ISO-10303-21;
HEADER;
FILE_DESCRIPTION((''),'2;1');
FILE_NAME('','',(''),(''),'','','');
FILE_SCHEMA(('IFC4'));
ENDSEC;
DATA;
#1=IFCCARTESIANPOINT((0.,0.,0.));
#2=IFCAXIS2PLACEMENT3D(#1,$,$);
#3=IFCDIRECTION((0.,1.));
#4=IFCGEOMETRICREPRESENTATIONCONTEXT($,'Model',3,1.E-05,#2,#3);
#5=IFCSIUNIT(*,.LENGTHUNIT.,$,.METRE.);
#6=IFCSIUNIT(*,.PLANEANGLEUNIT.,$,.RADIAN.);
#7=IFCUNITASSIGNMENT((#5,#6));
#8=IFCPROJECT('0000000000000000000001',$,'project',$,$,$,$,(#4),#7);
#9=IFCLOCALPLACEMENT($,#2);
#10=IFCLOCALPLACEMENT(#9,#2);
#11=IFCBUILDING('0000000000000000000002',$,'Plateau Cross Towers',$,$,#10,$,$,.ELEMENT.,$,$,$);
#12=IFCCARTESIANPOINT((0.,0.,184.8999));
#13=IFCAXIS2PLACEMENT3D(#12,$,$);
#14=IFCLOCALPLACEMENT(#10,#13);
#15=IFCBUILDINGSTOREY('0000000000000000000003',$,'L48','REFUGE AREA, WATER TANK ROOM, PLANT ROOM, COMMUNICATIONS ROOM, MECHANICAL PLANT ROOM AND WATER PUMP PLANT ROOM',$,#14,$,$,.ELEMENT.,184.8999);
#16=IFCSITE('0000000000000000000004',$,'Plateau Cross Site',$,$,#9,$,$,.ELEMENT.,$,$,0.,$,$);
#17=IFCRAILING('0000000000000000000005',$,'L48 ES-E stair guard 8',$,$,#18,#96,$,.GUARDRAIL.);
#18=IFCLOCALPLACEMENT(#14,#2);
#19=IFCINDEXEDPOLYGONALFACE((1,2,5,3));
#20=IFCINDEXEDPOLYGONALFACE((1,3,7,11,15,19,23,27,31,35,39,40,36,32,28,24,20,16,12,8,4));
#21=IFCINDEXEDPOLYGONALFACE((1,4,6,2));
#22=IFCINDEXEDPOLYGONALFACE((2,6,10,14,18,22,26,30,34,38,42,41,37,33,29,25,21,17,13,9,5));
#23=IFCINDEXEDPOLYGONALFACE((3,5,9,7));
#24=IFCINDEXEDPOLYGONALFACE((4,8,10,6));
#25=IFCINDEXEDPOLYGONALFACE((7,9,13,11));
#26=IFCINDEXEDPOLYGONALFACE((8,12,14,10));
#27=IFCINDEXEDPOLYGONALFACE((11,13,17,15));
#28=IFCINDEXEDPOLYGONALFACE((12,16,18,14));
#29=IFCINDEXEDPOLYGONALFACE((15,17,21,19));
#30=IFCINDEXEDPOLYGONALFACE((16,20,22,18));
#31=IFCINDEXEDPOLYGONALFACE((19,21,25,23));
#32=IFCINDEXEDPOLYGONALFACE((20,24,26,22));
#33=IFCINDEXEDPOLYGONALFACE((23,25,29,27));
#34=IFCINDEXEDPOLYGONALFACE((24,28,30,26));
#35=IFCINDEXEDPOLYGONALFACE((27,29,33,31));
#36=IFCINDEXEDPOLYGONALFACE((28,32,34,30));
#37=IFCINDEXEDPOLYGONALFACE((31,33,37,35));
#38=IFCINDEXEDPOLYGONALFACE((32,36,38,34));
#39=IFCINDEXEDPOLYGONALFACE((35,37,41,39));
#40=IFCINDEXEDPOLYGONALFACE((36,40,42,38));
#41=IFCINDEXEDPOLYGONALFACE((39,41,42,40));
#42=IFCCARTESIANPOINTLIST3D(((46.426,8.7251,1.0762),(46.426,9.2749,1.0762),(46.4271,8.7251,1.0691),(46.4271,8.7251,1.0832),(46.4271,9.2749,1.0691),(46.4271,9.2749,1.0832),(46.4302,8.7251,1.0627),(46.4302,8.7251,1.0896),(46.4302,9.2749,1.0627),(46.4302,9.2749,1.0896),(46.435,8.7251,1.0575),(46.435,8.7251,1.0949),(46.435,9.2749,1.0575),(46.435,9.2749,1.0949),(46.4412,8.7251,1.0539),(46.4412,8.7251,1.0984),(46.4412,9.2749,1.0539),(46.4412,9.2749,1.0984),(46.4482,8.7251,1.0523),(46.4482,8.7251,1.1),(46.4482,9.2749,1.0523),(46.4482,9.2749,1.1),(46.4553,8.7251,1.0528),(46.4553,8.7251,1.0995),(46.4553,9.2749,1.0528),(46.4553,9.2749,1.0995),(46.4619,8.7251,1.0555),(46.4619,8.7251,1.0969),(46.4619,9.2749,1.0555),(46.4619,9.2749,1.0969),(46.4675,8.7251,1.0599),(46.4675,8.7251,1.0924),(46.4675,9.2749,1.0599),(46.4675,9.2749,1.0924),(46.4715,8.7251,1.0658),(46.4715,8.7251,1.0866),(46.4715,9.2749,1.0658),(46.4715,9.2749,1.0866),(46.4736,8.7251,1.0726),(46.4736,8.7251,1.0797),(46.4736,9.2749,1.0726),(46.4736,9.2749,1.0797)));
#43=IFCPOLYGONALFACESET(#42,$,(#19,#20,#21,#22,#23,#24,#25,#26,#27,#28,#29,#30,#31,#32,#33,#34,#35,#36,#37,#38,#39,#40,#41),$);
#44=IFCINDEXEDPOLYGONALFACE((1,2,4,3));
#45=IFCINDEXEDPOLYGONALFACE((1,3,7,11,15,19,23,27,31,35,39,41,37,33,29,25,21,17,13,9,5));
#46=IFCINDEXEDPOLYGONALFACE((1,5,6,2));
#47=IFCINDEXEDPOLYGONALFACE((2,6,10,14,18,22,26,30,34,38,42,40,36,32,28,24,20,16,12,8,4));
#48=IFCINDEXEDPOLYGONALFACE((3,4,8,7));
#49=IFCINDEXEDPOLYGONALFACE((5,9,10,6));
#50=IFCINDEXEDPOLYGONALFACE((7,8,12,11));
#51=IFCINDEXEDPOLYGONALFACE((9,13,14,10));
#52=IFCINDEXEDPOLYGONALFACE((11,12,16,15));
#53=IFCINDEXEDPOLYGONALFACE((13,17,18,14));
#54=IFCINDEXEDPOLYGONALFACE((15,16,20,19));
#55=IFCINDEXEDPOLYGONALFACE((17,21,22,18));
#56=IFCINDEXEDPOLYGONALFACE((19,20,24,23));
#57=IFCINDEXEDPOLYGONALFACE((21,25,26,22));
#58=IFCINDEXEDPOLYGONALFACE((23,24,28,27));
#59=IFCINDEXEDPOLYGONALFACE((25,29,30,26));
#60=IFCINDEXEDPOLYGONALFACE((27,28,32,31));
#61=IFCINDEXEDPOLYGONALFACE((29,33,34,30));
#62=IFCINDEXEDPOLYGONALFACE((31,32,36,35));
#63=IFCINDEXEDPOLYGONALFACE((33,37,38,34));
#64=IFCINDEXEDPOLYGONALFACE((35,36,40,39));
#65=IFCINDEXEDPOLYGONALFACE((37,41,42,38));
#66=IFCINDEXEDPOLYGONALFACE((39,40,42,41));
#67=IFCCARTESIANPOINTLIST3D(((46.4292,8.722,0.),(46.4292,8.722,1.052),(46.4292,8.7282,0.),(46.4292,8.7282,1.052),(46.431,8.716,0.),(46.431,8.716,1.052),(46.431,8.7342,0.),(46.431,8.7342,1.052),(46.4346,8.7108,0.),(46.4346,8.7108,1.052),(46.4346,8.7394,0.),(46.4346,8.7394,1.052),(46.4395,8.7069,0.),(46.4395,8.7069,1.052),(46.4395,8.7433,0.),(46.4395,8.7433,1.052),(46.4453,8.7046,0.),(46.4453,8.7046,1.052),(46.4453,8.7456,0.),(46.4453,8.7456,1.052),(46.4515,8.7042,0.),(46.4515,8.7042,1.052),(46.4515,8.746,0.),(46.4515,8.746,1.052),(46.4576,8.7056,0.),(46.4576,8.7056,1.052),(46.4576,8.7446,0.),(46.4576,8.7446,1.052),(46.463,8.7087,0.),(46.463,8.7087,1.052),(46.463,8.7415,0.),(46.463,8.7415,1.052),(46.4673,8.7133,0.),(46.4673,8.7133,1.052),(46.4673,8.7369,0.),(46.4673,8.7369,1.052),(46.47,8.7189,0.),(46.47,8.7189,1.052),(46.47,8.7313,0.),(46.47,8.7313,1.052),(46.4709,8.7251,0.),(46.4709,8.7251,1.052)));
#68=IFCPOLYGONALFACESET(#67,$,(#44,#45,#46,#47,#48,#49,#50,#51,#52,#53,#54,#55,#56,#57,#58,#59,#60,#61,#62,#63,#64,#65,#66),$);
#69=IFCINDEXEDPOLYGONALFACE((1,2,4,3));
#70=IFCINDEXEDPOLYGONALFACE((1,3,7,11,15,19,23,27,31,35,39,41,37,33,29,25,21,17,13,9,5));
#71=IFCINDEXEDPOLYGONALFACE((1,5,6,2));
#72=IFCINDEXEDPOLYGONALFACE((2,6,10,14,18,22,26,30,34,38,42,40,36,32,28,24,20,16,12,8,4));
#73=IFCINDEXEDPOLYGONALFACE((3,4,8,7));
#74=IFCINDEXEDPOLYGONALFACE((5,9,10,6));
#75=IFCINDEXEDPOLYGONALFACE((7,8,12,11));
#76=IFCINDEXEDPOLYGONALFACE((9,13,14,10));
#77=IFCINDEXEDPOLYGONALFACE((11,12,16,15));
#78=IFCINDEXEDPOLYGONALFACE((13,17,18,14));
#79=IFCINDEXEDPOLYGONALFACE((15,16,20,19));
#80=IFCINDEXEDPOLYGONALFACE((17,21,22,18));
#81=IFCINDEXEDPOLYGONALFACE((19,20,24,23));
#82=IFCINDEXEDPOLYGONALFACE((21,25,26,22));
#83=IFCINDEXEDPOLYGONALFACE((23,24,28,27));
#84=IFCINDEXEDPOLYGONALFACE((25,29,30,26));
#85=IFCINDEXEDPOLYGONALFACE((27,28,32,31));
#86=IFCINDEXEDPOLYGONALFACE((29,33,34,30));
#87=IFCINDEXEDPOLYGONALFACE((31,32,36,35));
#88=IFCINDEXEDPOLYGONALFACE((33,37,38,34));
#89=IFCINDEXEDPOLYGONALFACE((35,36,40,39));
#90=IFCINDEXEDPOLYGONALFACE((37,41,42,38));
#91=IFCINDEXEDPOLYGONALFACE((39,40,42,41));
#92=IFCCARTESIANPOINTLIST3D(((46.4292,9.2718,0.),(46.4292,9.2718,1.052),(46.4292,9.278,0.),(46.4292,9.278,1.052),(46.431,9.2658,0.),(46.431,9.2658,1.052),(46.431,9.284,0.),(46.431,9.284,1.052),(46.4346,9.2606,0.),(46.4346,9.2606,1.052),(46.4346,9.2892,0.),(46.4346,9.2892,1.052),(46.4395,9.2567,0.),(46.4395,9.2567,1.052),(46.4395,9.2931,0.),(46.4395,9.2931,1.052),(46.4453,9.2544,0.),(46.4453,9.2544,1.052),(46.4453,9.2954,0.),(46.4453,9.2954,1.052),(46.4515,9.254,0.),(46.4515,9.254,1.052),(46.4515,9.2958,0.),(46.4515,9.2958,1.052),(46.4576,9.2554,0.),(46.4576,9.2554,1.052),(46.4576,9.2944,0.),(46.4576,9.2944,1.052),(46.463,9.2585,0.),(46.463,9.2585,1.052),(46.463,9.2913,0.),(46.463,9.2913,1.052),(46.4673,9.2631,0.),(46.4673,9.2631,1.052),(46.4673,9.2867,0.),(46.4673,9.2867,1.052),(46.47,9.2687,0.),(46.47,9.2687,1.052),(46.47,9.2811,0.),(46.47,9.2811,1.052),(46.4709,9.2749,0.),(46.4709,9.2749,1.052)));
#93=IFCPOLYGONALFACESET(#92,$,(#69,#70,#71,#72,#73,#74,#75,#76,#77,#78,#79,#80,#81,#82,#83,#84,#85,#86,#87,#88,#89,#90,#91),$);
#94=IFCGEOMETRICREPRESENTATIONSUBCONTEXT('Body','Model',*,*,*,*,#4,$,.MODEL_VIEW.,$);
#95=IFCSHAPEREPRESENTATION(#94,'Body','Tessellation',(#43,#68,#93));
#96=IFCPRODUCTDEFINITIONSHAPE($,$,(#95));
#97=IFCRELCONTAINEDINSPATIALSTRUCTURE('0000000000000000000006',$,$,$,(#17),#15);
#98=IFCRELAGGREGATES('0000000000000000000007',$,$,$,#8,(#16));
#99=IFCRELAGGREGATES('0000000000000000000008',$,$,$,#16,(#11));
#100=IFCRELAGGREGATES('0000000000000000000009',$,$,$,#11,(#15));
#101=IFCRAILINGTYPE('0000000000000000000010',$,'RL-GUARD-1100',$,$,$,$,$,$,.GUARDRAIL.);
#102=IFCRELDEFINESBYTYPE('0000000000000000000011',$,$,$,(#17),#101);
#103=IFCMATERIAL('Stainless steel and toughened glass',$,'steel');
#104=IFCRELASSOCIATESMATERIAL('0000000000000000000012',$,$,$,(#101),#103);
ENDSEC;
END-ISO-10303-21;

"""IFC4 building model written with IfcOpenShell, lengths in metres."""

from ifc_helpers import new_model, si_unit, direction, frame, origin, origin_2d, place, context, subcontext, project, spatial, circle, extrude, material, type_object, element, save


model = new_model("IFC4")

# Units and contexts
model_context = context("Model", 3, precision=1e-05, world=origin(), true_north=direction((0.0, 1.0)))
body_context = subcontext(model_context, "Body", "Model", "MODEL_VIEW")
ifc_project = project(units=[si_unit("LENGTHUNIT", "METRE"), si_unit("PLANEANGLEUNIT", "RADIAN")], contexts=[model_context])

# Site, building, storey
site_placement = place(None, origin())
site = spatial("IfcSite", under=ifc_project, at=site_placement, Name="Plateau Cross Site", CompositionType="ELEMENT", RefElevation=0.0)
building_placement = place(site_placement, origin())
building = spatial("IfcBuilding", under=site, at=building_placement, Name="Plateau Cross Towers", CompositionType="ELEMENT")
storey_placement = place(building_placement, frame((0.0, 0.0, 184.8999)))
storey = spatial("IfcBuildingStorey", under=building, at=storey_placement, Name="L48", Description="REFUGE AREA, WATER TANK ROOM, PLANT ROOM, COMMUNICATIONS ROOM, MECHANICAL PLANT ROOM AND WATER PUMP PLANT ROOM", CompositionType="ELEMENT", Elevation=184.8999)

# Railing
ifc_material_1 = material(Name="Stainless steel and toughened glass", Category="steel")
railing_type_1 = type_object("IfcRailingType", Name="RL-GUARD-1100", PredefinedType="GUARDRAIL", material=ifc_material_1)
railing_1_placement = place(storey_placement, frame((46.45, 8.7251, 0.0)))
element("IfcRailing", 1, at=railing_1_placement, inside=storey, type_object=railing_type_1, Name="L48 ES-E stair guard 8", PredefinedType="GUARDRAIL", context=body_context, shape_type="SweptSolid", body=[
    extrude(circle(Radius=0.0239, at=origin_2d()), frame((0.0, 0.0, 1.0762), z_axis=(0.0, 1.0, 0.0), x_axis=(-1.0, 0.0, 0.0)), (0.0, 0.0, 1.0), 0.5498),
    extrude(circle(Radius=0.021, at=origin_2d()), origin(), (0.0, 0.0, 1.0), 1.052),
    extrude(circle(Radius=0.021, at=origin_2d()), frame((0.0, 0.5498, 0.0)), (0.0, 0.0, 1.0), 1.052),
])

save(model, "model.ifc")
